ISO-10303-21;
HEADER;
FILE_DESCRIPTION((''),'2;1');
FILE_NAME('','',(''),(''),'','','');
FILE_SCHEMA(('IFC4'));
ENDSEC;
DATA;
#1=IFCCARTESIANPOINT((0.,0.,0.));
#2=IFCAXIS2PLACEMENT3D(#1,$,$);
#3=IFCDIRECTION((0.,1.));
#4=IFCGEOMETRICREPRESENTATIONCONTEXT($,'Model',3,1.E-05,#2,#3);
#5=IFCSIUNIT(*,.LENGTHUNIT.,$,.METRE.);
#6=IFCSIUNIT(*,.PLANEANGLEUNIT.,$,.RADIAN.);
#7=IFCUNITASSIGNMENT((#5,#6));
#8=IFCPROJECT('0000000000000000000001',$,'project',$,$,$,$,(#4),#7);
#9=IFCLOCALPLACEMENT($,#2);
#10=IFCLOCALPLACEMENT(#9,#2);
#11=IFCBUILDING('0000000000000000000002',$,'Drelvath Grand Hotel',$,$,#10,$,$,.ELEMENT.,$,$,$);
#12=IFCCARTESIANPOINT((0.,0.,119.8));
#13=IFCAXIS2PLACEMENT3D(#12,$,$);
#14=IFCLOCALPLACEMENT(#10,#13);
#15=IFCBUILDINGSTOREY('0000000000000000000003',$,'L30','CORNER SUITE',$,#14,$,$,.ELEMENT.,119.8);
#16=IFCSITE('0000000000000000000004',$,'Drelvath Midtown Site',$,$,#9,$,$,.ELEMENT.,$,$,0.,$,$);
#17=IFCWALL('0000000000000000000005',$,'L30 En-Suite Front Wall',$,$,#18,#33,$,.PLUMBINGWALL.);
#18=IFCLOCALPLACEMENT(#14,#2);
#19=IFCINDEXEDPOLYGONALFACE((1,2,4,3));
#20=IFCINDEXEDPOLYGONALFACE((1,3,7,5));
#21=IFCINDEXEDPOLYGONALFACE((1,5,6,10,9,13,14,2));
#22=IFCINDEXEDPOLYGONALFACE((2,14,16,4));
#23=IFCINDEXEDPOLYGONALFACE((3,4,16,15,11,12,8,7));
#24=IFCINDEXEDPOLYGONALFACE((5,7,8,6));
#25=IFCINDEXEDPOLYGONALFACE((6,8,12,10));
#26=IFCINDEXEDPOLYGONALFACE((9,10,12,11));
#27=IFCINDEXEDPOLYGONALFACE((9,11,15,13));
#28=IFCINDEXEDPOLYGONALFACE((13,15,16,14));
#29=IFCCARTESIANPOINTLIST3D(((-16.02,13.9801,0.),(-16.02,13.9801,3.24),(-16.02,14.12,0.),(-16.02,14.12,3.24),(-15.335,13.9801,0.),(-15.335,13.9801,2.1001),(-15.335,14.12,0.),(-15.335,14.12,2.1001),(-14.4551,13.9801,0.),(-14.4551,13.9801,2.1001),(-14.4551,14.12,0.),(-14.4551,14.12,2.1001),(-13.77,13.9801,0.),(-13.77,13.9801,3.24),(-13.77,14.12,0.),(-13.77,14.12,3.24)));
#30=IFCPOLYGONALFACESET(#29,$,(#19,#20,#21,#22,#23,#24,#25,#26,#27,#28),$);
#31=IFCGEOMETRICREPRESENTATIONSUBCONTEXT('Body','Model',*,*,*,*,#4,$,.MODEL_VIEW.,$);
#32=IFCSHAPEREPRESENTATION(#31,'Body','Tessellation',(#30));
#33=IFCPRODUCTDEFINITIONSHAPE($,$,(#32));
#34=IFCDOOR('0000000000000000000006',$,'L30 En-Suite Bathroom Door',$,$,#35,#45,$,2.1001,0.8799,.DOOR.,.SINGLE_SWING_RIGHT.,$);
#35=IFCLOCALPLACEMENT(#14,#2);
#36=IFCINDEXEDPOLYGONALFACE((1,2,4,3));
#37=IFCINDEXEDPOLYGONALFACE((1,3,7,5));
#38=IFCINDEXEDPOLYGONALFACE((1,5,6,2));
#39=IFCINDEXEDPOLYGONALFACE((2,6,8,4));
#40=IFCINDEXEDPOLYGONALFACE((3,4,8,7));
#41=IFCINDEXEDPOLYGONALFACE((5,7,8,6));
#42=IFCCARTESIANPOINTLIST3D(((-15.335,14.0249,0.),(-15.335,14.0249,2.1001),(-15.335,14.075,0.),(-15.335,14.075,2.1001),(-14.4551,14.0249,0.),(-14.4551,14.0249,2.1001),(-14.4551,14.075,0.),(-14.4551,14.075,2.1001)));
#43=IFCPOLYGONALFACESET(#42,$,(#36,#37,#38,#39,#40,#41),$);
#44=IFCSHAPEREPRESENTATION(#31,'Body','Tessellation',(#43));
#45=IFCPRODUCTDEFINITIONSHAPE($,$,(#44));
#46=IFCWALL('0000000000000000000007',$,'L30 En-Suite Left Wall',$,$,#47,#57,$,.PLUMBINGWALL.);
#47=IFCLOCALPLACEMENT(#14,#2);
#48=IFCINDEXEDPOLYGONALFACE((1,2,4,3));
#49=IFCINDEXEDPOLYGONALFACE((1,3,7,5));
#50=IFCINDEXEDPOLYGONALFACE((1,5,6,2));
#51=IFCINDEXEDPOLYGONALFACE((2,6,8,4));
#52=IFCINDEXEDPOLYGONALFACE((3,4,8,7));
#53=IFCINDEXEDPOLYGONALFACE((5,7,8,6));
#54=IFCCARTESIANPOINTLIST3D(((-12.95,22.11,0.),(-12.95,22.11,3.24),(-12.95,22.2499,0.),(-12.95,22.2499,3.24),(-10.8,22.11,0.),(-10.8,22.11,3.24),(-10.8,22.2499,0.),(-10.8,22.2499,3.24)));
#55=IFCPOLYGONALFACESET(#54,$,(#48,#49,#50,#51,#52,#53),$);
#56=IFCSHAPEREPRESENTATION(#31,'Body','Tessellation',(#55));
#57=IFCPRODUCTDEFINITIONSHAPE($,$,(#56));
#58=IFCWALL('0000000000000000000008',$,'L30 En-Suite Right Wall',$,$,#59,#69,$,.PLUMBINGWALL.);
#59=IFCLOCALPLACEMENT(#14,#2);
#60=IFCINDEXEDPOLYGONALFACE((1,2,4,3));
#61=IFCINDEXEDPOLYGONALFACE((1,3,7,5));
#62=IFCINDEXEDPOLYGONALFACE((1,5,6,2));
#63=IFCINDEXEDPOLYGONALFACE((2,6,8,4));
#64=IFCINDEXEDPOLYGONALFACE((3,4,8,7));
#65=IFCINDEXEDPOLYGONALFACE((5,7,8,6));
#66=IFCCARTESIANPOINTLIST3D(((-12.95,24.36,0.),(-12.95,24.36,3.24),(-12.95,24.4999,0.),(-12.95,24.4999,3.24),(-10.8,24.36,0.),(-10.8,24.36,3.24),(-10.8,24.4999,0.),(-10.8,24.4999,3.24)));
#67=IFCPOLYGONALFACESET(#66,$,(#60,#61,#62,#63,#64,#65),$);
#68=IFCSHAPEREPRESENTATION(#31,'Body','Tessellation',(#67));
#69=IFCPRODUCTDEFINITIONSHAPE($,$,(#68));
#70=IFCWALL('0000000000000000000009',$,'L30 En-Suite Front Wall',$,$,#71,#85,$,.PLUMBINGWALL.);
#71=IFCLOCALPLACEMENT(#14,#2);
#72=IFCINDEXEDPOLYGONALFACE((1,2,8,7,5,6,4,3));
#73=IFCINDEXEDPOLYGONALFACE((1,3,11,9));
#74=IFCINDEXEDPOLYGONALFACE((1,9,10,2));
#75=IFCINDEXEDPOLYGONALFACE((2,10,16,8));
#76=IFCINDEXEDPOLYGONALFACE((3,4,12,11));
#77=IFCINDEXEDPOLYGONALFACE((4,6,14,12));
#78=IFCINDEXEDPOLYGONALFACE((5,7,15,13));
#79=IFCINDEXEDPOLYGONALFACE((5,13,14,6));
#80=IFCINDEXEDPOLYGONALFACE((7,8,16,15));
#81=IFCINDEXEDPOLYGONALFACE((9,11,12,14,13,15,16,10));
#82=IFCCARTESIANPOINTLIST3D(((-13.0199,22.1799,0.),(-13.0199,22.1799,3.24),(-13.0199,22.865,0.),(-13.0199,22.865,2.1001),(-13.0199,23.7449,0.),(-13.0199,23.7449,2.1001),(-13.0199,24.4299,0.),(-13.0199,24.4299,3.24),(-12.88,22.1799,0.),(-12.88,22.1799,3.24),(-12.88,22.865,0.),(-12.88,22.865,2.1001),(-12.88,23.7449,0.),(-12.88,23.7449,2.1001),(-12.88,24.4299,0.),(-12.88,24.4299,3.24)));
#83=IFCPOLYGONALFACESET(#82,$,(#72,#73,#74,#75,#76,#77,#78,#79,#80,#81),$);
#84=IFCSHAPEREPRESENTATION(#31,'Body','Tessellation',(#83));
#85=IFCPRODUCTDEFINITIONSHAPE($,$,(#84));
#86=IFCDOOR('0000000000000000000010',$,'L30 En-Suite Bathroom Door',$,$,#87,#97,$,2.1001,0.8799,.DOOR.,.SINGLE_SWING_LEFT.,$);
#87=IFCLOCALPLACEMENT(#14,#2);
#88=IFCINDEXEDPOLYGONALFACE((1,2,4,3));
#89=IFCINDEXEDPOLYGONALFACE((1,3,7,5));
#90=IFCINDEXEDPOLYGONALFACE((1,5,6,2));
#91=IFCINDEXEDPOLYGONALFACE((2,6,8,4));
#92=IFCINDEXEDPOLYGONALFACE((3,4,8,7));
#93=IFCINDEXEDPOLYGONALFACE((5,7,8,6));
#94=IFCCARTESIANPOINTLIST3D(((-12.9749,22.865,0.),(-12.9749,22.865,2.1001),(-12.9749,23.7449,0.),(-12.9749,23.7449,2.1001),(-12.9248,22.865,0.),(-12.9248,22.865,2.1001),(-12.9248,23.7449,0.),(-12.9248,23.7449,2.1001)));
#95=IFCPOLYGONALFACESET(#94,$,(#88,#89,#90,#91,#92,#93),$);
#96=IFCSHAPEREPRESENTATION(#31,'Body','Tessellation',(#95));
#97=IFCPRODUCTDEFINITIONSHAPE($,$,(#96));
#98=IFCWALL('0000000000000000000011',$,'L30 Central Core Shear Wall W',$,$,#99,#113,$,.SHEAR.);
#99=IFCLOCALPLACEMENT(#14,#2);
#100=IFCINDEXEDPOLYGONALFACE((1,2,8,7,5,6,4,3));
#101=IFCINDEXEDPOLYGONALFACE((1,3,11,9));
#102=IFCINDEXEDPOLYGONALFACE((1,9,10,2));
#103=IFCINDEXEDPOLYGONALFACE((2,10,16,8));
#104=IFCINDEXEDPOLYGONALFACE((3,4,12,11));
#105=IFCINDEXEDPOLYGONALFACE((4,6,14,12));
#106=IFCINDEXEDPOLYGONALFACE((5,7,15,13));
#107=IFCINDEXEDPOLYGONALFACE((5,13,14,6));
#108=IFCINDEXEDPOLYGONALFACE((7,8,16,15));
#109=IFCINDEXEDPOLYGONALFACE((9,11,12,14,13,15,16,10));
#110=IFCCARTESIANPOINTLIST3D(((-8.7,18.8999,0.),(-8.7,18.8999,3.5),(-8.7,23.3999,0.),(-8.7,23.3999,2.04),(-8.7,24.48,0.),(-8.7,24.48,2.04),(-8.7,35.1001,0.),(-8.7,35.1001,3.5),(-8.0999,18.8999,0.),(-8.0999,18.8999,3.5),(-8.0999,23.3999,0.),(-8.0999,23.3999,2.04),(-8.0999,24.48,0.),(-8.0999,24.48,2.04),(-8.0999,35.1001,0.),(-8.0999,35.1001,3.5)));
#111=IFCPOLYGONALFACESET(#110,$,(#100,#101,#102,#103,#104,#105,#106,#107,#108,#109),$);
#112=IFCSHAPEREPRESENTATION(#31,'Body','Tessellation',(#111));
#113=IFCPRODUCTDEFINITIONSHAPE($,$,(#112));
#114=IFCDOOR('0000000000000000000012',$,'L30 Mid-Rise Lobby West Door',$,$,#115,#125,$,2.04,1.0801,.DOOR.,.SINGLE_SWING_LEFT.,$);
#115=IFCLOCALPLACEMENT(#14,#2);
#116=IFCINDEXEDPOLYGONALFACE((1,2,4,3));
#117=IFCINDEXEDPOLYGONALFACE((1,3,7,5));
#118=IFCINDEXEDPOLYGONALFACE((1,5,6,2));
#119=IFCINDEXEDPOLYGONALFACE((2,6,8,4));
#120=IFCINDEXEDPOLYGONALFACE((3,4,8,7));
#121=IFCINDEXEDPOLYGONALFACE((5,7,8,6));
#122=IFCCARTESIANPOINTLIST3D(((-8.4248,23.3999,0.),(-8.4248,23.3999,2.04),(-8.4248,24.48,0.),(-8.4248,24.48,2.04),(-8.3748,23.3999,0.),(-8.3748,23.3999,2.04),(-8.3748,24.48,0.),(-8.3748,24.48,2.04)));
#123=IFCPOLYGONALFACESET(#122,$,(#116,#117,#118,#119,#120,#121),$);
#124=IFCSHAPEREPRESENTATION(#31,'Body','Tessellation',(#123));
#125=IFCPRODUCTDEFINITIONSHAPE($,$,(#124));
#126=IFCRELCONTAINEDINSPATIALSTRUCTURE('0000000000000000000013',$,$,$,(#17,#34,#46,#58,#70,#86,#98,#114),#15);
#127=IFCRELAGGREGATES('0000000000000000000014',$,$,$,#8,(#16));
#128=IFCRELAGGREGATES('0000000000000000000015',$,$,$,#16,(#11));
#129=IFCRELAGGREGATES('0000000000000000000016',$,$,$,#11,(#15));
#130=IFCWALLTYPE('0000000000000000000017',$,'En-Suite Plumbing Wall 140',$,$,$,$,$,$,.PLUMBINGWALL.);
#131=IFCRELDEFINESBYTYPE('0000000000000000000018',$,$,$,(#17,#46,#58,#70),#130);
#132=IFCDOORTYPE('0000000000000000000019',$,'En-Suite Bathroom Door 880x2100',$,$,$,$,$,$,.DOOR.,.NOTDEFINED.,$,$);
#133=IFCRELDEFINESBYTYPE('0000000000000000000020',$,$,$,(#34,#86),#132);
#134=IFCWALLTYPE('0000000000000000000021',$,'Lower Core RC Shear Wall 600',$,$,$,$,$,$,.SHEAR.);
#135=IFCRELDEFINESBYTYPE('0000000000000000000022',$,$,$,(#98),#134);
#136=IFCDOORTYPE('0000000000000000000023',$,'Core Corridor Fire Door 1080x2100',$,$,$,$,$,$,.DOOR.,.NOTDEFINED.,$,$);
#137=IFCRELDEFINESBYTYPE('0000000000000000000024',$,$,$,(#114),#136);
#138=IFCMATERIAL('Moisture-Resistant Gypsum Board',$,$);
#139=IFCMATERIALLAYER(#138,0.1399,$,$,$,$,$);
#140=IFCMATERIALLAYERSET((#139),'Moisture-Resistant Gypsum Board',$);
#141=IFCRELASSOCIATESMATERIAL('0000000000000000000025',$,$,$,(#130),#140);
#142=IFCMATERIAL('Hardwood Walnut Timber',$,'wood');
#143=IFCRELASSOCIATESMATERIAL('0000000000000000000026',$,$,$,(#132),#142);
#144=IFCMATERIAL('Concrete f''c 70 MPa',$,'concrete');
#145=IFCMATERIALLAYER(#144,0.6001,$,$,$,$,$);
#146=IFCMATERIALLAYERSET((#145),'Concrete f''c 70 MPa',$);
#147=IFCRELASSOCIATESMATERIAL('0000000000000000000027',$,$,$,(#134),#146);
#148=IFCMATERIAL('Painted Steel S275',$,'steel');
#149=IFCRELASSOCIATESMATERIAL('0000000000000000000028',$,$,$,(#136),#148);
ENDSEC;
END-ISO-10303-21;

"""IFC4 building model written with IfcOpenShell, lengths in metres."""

from ifc_helpers import new_model, si_unit, direction, frame, frame_2d, origin, place, context, subcontext, project, spatial, rectangle, extrude, material, layer, layer_set, type_object, element, fill, save


model = new_model("IFC4")

# Units and contexts
model_context = context("Model", 3, precision=1e-05, world=origin(), true_north=direction((0.0, 1.0)))
body_context = subcontext(model_context, "Body", "Model", "MODEL_VIEW")
ifc_project = project(units=[si_unit("LENGTHUNIT", "METRE"), si_unit("PLANEANGLEUNIT", "RADIAN")], contexts=[model_context])

# Site, building, storey
site_placement = place(None, origin())
site = spatial("IfcSite", under=ifc_project, at=site_placement, Name="Drelvath Midtown Site", CompositionType="ELEMENT", RefElevation=0.0)
building_placement = place(site_placement, origin())
building = spatial("IfcBuilding", under=site, at=building_placement, Name="Drelvath Grand Hotel", CompositionType="ELEMENT")
storey_placement = place(building_placement, frame((0.0, 0.0, 119.8)))
storey = spatial("IfcBuildingStorey", under=building, at=storey_placement, Name="L30", Description="CORNER SUITE", CompositionType="ELEMENT", Elevation=119.8)

# Shared definitions
ifc_material_1 = material(Name="Concrete f'c 70 MPa", Category="concrete")

# Shared definitions
ifc_material_2 = material(Name="Painted Steel S275", Category="steel")

# Shared definitions
ifc_material_3 = material(Name="Hardwood Walnut Timber", Category="wood")

# Shared definitions
ifc_material_4 = material(Name="Moisture-Resistant Gypsum Board")
ifc_layer_1 = layer(ifc_material_4, 0.1399)
ifc_layer_set_1 = layer_set([ifc_layer_1], Name="Moisture-Resistant Gypsum Board")
wall_type_1 = type_object("IfcWallType", Name="En-Suite Plumbing Wall 140", PredefinedType="PLUMBINGWALL", material=ifc_layer_set_1)

# Wall, opening, door
wall_1_placement = place(storey_placement, frame((-16.02, 14.05, 0.0), z_axis=(0.0, 0.0, 1.0), x_axis=(1.0, 0.0, 0.0)))
wall_1 = element("IfcWall", 1, at=wall_1_placement, inside=storey, type_object=wall_type_1, Name="L30 En-Suite Front Wall", PredefinedType="PLUMBINGWALL", context=body_context, shape_type="SweptSolid", body=[
    extrude(rectangle(XDim=2.25, YDim=0.1399, at=frame_2d((1.125, 0.0))), origin(), (0.0, 0.0, 1.0), 3.24),
])
opening_1_placement = place(wall_1_placement, frame((0.6851, 0.0, 0.0)))
opening_1 = element("IfcOpeningElement", 2, at=opening_1_placement, cuts=wall_1, PredefinedType="OPENING", context=body_context, shape_type="SweptSolid", body=[
    extrude(rectangle(XDim=0.8799, YDim=2.1001, at=frame_2d((0.4399, 1.05))), frame((0.0, 0.0798, 0.0), z_axis=(0.0, -1.0, 0.0), x_axis=(1.0, 0.0, 0.0)), (0.0, 0.0, 1.0), 0.1599),
])
door_type_1 = type_object("IfcDoorType", Name="En-Suite Bathroom Door 880x2100", OperationType="NOTDEFINED", PredefinedType="DOOR", material=ifc_material_3)
door_1_placement = place(opening_1_placement, origin())
door_1 = element("IfcDoor", 3, at=door_1_placement, inside=storey, type_object=door_type_1, Name="L30 En-Suite Bathroom Door", OperationType="SINGLE_SWING_RIGHT", OverallHeight=2.1001, OverallWidth=0.8799, PredefinedType="DOOR", context=body_context, shape_type="SweptSolid", body=[
    extrude(rectangle(XDim=0.8799, YDim=2.1001, at=frame_2d((0.4399, 1.05))), frame((0.0, 0.0249, 0.0), z_axis=(0.0, -1.0, 0.0), x_axis=(1.0, 0.0, 0.0)), (0.0, 0.0, 1.0), 0.05),
])
fill(opening_1, door_1)

# Walls
for number, where, z_axis, x_axis, name in (
    (4, (-10.8, 22.1799, 0.0), (0.0, 0.0, 1.0), (-1.0, 0.0, 0.0), "L30 En-Suite Left Wall"),
    (5, (-10.8, 24.4299, 0.0), (0.0, 0.0, 1.0), (-1.0, 0.0, 0.0), "L30 En-Suite Right Wall"),
):
    element("IfcWall", number, at=place(storey_placement, frame(where, z_axis=z_axis, x_axis=x_axis)), inside=storey, type_object=wall_type_1, Name=name, PredefinedType="PLUMBINGWALL", context=body_context, shape_type="SweptSolid", body=[
        extrude(rectangle(XDim=2.1499, YDim=0.1399, at=frame_2d((1.075, 0.0))), origin(), (0.0, 0.0, 1.0), 3.24),
    ])

# Walls, openings, doors
wall_2_placement = place(storey_placement, frame((-12.95, 22.1799, 0.0), z_axis=(0.0, 0.0, 1.0), x_axis=(0.0, 1.0, 0.0)))
wall_2 = element("IfcWall", 6, at=wall_2_placement, inside=storey, type_object=wall_type_1, Name="L30 En-Suite Front Wall", PredefinedType="PLUMBINGWALL", context=body_context, shape_type="SweptSolid", body=[
    extrude(rectangle(XDim=2.25, YDim=0.1399, at=frame_2d((1.125, 0.0))), origin(), (0.0, 0.0, 1.0), 3.24),
])
opening_2_placement = place(wall_2_placement, frame((0.6851, 0.0, 0.0)))
opening_2 = element("IfcOpeningElement", 7, at=opening_2_placement, cuts=wall_2, PredefinedType="OPENING", context=body_context, shape_type="SweptSolid", body=[
    extrude(rectangle(XDim=0.8799, YDim=2.1001, at=frame_2d((0.4399, 1.05))), frame((0.0, 0.0798, 0.0), z_axis=(0.0, -1.0, 0.0), x_axis=(1.0, 0.0, 0.0)), (0.0, 0.0, 1.0), 0.1599),
])
door_2_placement = place(opening_2_placement, origin())
door_2 = element("IfcDoor", 8, at=door_2_placement, inside=storey, type_object=door_type_1, Name="L30 En-Suite Bathroom Door", OperationType="SINGLE_SWING_LEFT", OverallHeight=2.1001, OverallWidth=0.8799, PredefinedType="DOOR", context=body_context, shape_type="SweptSolid", body=[
    extrude(rectangle(XDim=0.8799, YDim=2.1001, at=frame_2d((0.4399, 1.05))), frame((0.0, 0.0249, 0.0), z_axis=(0.0, -1.0, 0.0), x_axis=(1.0, 0.0, 0.0)), (0.0, 0.0, 1.0), 0.05),
])
fill(opening_2, door_2)
ifc_layer_2 = layer(ifc_material_1, 0.6001)
ifc_layer_set_2 = layer_set([ifc_layer_2], Name="Concrete f'c 70 MPa")
wall_type_2 = type_object("IfcWallType", Name="Lower Core RC Shear Wall 600", PredefinedType="SHEAR", material=ifc_layer_set_2)
wall_3_placement = place(storey_placement, frame((-8.3999, 18.8999, 0.0), z_axis=(0.0, 0.0, 1.0), x_axis=(0.0, 1.0, 0.0)))
wall_3 = element("IfcWall", 9, at=wall_3_placement, inside=storey, type_object=wall_type_2, Name="L30 Central Core Shear Wall W", PredefinedType="SHEAR", context=body_context, shape_type="SweptSolid", body=[
    extrude(rectangle(XDim=16.2002, YDim=0.6001, at=frame_2d((8.1001, 0.0))), origin(), (0.0, 0.0, 1.0), 3.5),
])
opening_3_placement = place(wall_3_placement, frame((4.5, 0.0, 0.0)))
opening_3 = element("IfcOpeningElement", 10, at=opening_3_placement, cuts=wall_3, PredefinedType="OPENING", context=body_context, shape_type="SweptSolid", body=[
    extrude(rectangle(XDim=1.0801, YDim=2.04, at=frame_2d((0.54, 1.02))), frame((0.0, 0.3101, 0.0), z_axis=(0.0, -1.0, 0.0), x_axis=(1.0, 0.0, 0.0)), (0.0, 0.0, 1.0), 0.6201),
])
door_type_2 = type_object("IfcDoorType", Name="Core Corridor Fire Door 1080x2100", OperationType="NOTDEFINED", PredefinedType="DOOR", material=ifc_material_2)
door_3_placement = place(opening_3_placement, origin())
door_3 = element("IfcDoor", 11, at=door_3_placement, inside=storey, type_object=door_type_2, Name="L30 Mid-Rise Lobby West Door", OperationType="SINGLE_SWING_LEFT", OverallHeight=2.04, OverallWidth=1.0801, PredefinedType="DOOR", context=body_context, shape_type="SweptSolid", body=[
    extrude(rectangle(XDim=1.0801, YDim=2.04, at=frame_2d((0.54, 1.02))), frame((0.0, 0.0249, 0.0), z_axis=(0.0, -1.0, 0.0), x_axis=(1.0, 0.0, 0.0)), (0.0, 0.0, 1.0), 0.05),
])
fill(opening_3, door_3)

save(model, "model.ifc")
